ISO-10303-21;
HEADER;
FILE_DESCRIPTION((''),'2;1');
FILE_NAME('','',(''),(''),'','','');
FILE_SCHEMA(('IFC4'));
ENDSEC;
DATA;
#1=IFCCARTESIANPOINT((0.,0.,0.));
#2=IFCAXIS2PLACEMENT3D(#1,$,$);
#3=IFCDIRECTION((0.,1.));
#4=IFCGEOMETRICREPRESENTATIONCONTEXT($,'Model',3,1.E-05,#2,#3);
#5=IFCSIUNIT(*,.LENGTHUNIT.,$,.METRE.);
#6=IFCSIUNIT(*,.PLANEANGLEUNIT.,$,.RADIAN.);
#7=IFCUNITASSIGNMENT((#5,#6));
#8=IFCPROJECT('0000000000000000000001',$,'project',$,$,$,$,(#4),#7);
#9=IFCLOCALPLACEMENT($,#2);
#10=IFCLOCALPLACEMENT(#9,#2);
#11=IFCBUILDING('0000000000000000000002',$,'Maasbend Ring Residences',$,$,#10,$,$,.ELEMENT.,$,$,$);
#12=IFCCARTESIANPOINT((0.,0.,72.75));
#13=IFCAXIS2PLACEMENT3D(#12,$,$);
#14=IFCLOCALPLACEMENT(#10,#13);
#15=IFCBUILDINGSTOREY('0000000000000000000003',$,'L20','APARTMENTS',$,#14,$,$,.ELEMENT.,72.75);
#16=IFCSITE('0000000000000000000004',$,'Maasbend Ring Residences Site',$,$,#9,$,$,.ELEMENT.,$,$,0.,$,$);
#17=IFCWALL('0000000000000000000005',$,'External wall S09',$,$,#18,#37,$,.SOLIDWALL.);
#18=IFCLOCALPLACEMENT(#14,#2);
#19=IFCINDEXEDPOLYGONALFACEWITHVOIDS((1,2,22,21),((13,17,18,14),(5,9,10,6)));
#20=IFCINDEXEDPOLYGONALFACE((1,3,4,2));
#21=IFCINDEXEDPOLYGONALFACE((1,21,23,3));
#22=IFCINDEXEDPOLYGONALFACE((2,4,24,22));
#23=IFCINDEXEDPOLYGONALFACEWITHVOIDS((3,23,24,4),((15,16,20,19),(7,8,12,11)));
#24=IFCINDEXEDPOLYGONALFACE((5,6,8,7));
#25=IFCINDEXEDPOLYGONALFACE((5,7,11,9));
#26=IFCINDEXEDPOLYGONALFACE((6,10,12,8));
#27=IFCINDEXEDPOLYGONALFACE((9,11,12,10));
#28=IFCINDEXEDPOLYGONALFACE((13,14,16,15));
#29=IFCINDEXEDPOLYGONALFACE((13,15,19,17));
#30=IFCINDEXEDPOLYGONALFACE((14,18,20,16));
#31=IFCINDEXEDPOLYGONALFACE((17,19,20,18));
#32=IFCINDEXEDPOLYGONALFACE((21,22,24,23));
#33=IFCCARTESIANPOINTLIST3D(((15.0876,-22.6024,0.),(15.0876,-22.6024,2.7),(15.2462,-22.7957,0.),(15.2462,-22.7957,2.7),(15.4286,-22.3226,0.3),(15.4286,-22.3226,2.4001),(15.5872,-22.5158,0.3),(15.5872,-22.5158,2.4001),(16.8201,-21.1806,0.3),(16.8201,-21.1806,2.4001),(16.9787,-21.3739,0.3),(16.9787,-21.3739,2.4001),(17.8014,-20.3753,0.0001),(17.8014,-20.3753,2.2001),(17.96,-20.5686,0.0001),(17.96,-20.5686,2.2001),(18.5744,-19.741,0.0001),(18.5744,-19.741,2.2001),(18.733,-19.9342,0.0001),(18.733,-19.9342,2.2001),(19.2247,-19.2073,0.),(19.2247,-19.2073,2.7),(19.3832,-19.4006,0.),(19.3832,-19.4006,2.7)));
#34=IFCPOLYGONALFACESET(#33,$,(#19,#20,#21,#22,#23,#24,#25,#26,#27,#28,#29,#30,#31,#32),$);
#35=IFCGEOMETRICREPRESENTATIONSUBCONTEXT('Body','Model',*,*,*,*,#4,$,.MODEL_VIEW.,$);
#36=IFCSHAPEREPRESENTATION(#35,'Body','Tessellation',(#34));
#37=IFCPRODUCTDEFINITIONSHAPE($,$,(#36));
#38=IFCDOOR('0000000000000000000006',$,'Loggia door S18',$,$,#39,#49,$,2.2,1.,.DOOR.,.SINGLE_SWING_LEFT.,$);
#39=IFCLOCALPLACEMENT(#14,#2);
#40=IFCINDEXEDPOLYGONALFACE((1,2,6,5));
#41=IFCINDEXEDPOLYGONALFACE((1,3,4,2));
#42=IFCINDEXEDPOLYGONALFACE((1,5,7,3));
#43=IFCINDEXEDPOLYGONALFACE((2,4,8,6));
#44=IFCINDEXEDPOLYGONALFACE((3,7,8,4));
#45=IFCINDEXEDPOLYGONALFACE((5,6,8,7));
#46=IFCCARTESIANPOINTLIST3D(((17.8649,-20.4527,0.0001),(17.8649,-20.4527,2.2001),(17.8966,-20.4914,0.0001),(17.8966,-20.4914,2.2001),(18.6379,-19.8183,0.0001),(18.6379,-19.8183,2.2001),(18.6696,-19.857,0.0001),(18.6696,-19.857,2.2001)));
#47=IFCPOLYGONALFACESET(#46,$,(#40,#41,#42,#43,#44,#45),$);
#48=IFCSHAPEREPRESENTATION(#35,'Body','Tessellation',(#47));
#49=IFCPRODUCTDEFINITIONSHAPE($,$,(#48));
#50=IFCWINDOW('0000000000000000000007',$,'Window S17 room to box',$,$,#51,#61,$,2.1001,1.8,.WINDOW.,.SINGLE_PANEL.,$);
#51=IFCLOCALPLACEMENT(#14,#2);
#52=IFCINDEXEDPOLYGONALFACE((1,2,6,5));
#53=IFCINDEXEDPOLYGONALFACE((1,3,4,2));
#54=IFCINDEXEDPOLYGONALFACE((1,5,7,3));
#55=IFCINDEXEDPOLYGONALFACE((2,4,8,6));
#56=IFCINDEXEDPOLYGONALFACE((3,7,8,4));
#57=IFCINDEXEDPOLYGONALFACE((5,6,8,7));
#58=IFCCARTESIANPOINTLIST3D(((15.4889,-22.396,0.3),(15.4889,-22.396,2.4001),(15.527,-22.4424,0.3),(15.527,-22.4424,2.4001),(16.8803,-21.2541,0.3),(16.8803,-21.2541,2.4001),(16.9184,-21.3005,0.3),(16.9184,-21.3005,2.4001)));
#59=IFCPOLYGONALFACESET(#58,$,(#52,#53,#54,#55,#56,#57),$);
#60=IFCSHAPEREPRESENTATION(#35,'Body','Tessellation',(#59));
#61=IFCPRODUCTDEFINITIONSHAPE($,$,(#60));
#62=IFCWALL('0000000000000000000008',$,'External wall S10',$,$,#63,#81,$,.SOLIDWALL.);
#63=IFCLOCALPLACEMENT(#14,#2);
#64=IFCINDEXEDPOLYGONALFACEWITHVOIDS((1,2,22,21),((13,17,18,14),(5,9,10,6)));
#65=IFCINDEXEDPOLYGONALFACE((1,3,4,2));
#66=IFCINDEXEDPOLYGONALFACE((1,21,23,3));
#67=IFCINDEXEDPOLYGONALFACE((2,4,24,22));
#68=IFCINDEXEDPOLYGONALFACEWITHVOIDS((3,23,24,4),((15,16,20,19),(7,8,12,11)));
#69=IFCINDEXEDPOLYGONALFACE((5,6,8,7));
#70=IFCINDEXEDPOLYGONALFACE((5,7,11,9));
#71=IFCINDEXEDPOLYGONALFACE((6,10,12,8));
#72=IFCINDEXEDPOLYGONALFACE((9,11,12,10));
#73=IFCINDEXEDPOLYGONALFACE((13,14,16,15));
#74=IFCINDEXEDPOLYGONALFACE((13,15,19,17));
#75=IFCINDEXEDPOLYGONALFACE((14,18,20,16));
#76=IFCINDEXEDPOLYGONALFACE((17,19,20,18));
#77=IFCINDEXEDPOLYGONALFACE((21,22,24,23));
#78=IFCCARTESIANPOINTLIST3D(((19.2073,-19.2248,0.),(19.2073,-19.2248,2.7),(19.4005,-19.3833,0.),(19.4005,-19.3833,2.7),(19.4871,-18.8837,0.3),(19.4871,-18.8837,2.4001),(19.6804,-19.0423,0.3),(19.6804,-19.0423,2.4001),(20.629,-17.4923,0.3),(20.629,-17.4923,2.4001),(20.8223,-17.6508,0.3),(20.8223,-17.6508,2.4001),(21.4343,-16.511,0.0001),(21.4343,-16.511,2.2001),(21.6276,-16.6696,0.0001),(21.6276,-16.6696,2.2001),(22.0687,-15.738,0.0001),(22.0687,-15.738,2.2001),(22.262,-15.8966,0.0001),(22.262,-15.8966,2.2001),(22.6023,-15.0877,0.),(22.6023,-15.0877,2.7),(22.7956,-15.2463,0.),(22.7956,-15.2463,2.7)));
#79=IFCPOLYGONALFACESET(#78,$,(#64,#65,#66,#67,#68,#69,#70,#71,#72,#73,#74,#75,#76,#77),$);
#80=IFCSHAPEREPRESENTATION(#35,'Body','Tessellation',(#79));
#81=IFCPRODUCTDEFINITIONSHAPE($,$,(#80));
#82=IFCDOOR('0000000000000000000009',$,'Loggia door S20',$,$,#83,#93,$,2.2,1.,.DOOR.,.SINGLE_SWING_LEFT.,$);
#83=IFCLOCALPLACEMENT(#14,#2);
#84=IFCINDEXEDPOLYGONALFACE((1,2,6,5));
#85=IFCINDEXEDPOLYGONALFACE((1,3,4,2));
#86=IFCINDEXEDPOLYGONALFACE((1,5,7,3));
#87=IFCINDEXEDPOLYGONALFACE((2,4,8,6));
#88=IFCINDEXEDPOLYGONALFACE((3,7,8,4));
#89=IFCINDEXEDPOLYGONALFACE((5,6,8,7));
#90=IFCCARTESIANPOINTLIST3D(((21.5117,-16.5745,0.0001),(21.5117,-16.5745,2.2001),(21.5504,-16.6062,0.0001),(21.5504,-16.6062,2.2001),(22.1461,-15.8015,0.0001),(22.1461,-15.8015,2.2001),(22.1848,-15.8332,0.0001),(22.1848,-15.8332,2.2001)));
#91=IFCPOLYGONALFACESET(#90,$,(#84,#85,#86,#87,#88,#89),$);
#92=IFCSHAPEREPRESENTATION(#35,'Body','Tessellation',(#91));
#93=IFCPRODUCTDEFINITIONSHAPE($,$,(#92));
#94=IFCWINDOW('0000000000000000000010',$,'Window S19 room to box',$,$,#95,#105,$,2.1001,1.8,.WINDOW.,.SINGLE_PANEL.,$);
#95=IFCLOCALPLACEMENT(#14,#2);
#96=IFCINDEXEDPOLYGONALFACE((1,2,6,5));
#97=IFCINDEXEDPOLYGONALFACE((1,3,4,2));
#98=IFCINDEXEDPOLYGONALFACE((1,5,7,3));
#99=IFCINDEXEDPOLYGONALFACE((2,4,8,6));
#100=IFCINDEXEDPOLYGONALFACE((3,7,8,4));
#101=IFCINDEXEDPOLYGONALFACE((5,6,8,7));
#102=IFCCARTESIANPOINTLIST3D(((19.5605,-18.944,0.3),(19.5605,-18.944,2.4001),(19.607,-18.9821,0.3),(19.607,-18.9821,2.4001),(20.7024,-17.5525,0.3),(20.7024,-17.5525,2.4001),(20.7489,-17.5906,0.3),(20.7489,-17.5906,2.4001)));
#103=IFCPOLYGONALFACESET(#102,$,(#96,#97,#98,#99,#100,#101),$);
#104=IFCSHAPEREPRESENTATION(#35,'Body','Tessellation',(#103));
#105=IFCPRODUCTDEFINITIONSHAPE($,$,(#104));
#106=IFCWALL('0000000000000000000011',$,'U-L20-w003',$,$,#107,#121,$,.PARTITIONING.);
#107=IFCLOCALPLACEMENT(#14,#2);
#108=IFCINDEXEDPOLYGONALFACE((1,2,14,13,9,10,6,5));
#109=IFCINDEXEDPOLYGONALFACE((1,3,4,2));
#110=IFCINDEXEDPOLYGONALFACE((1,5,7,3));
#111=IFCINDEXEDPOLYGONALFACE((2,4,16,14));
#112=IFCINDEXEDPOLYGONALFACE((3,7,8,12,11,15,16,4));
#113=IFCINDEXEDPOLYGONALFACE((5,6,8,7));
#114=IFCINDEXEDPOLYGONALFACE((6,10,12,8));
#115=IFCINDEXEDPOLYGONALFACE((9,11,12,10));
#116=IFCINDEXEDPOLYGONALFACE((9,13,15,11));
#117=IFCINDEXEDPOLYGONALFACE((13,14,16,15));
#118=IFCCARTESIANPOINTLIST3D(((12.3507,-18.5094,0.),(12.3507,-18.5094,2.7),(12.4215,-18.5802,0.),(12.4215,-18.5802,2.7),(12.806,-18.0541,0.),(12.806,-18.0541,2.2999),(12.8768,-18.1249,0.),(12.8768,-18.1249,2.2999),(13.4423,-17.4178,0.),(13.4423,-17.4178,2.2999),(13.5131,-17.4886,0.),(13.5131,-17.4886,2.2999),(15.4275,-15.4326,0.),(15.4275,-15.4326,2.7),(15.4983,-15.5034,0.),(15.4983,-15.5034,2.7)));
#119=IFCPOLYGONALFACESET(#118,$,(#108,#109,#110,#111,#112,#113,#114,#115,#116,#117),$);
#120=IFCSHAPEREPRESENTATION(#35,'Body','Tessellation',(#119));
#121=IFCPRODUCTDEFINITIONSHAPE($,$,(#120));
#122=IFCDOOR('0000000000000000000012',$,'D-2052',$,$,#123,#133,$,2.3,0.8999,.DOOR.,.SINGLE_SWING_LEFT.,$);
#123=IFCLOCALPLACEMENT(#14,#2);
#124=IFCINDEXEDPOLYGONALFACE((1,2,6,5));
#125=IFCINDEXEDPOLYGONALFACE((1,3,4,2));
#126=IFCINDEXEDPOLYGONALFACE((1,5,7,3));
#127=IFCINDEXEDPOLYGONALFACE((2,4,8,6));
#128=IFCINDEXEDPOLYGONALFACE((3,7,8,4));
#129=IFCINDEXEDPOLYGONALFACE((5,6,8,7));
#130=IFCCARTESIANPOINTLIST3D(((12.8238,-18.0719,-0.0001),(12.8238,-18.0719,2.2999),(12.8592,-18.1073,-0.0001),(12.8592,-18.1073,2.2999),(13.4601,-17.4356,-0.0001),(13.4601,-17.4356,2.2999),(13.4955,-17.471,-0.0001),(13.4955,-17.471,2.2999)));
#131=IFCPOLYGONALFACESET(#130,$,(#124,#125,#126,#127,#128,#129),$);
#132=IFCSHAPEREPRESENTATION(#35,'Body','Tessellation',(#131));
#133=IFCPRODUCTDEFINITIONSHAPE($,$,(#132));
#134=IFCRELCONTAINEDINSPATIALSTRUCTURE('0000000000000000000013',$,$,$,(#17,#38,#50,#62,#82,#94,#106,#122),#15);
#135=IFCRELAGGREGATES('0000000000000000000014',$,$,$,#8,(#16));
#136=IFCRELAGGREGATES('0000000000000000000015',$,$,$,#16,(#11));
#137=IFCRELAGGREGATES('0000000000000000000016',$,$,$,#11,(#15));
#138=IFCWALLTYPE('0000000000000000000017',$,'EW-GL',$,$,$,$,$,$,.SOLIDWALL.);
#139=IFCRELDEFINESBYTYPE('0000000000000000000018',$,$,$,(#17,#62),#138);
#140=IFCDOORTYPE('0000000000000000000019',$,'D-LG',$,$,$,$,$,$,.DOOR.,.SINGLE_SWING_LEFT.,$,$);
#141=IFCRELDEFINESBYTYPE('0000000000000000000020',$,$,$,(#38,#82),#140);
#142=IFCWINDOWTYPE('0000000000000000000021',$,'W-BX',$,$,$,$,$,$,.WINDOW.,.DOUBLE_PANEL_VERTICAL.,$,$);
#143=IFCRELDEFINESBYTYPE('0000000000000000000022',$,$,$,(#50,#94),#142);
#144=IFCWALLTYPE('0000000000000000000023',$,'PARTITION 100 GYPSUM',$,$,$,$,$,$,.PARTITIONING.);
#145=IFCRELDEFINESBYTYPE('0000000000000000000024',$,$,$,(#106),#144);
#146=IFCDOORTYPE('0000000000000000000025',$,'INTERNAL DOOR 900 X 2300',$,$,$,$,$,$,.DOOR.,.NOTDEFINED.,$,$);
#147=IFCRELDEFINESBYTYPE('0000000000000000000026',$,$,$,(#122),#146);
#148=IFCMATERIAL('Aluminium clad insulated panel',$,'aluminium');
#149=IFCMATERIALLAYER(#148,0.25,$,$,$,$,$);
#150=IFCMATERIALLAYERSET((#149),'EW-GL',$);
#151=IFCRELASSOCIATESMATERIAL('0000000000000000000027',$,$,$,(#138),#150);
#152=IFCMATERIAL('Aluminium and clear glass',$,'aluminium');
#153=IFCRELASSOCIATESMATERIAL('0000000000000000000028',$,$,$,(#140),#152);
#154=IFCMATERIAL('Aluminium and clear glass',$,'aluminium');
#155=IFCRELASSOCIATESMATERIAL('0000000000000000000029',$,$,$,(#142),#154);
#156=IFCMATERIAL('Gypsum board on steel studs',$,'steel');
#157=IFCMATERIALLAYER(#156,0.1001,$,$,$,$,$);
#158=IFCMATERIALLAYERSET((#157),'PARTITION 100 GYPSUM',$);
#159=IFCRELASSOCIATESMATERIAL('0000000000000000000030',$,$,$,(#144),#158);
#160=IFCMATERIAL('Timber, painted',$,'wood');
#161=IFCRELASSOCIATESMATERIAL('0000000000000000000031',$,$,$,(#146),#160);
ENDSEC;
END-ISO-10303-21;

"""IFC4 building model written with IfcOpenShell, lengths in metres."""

from ifc_helpers import new_model, si_unit, direction, frame, frame_2d, origin, place, context, subcontext, project, spatial, rectangle, extrude, material, layer, layer_set, type_object, element, fill, save


model = new_model("IFC4")

# Units and contexts
model_context = context("Model", 3, precision=1e-05, world=origin(), true_north=direction((0.0, 1.0)))
body_context = subcontext(model_context, "Body", "Model", "MODEL_VIEW")
ifc_project = project(units=[si_unit("LENGTHUNIT", "METRE"), si_unit("PLANEANGLEUNIT", "RADIAN")], contexts=[model_context])

# Site, building, storey
site_placement = place(None, origin())
site = spatial("IfcSite", under=ifc_project, at=site_placement, Name="Maasbend Ring Residences Site", CompositionType="ELEMENT", RefElevation=0.0)
building_placement = place(site_placement, origin())
building = spatial("IfcBuilding", under=site, at=building_placement, Name="Maasbend Ring Residences", CompositionType="ELEMENT")
storey_placement = place(building_placement, frame((0.0, 0.0, 72.75)))
storey = spatial("IfcBuildingStorey", under=building, at=storey_placement, Name="L20", Description="APARTMENTS", CompositionType="ELEMENT", Elevation=72.75)

# Walls, openings, doors, windows
ifc_material_1 = material(Name="Aluminium clad insulated panel", Category="aluminium")
ifc_layer_1 = layer(ifc_material_1, 0.25)
ifc_layer_set_1 = layer_set([ifc_layer_1], Name="EW-GL")
wall_type_1 = type_object("IfcWallType", Name="EW-GL", PredefinedType="SOLIDWALL", material=ifc_layer_set_1)
wall_1_placement = place(storey_placement, frame((15.167, -22.699, 0.0), z_axis=(0.0, 0.0, 1.0), x_axis=(0.773019, 0.634382, 0.0)))
wall_1 = element("IfcWall", 1, at=wall_1_placement, inside=storey, type_object=wall_type_1, Name="External wall S09", PredefinedType="SOLIDWALL", context=body_context, shape_type="SweptSolid", body=[
    extrude(rectangle(XDim=5.3518, YDim=0.25, at=frame_2d((2.6758, 0.0))), origin(), (0.0, 0.0, 1.0), 2.7),
])
opening_1_placement = place(wall_1_placement, frame((0.4412, 0.0, 0.3)))
opening_1 = element("IfcOpeningElement", 2, at=opening_1_placement, cuts=wall_1, PredefinedType="OPENING", context=body_context, shape_type="SweptSolid", body=[
    extrude(rectangle(XDim=1.8, YDim=2.1001, at=frame_2d((0.8999, 1.05))), frame((0.0, 0.135, 0.0), z_axis=(0.0, -1.0, 0.0), x_axis=(1.0, 0.0, 0.0)), (0.0, 0.0, 1.0), 0.27),
])
opening_2_placement = place(wall_1_placement, frame((3.5105, 0.0, 0.0)))
opening_2 = element("IfcOpeningElement", 3, at=opening_2_placement, cuts=wall_1, PredefinedType="OPENING", context=body_context, shape_type="SweptSolid", body=[
    extrude(rectangle(XDim=1.0, YDim=2.2, at=frame_2d((0.5, 1.1001))), frame((0.0, 0.135, 0.0), z_axis=(0.0, -1.0, 0.0), x_axis=(1.0, 0.0, 0.0)), (0.0, 0.0, 1.0), 0.27),
])
ifc_material_2 = material(Name="Aluminium and clear glass", Category="aluminium")
door_type_1 = type_object("IfcDoorType", Name="D-LG", OperationType="SINGLE_SWING_LEFT", PredefinedType="DOOR", material=ifc_material_2)
door_1_placement = place(opening_2_placement, origin())
door_1 = element("IfcDoor", 4, at=door_1_placement, inside=storey, type_object=door_type_1, Name="Loggia door S18", OperationType="SINGLE_SWING_LEFT", OverallHeight=2.2, OverallWidth=1.0, PredefinedType="DOOR", context=body_context, shape_type="SweptSolid", body=[
    extrude(rectangle(XDim=1.0, YDim=2.2, at=frame_2d((0.5, 1.1001))), frame((0.0, 0.0249, 0.0), z_axis=(0.0, -1.0, 0.0), x_axis=(1.0, 0.0, 0.0)), (0.0, 0.0, 1.0), 0.05),
])
fill(opening_2, door_1)
ifc_material_3 = material(Name="Aluminium and clear glass", Category="aluminium")
window_type_1 = type_object("IfcWindowType", Name="W-BX", PartitioningType="DOUBLE_PANEL_VERTICAL", PredefinedType="WINDOW", material=ifc_material_3)
window_1_placement = place(opening_1_placement, origin())
window_1 = element("IfcWindow", 5, at=window_1_placement, inside=storey, type_object=window_type_1, Name="Window S17 room to box", OverallHeight=2.1001, OverallWidth=1.8, PartitioningType="SINGLE_PANEL", PredefinedType="WINDOW", context=body_context, shape_type="SweptSolid", body=[
    extrude(rectangle(XDim=1.8, YDim=2.1001, at=frame_2d((0.8999, 1.05))), frame((0.0, 0.03, 0.0), z_axis=(0.0, -1.0, 0.0), x_axis=(1.0, 0.0, 0.0)), (0.0, 0.0, 1.0), 0.0601),
])
fill(opening_1, window_1)
wall_2_placement = place(storey_placement, frame((19.304, -19.304, 0.0), z_axis=(0.0, 0.0, 1.0), x_axis=(0.634382, 0.773019, 0.0)))
wall_2 = element("IfcWall", 6, at=wall_2_placement, inside=storey, type_object=wall_type_1, Name="External wall S10", PredefinedType="SOLIDWALL", context=body_context, shape_type="SweptSolid", body=[
    extrude(rectangle(XDim=5.3518, YDim=0.25, at=frame_2d((2.6758, 0.0))), origin(), (0.0, 0.0, 1.0), 2.7),
])
opening_3_placement = place(wall_2_placement, frame((0.4412, 0.0, 0.3)))
opening_3 = element("IfcOpeningElement", 7, at=opening_3_placement, cuts=wall_2, PredefinedType="OPENING", context=body_context, shape_type="SweptSolid", body=[
    extrude(rectangle(XDim=1.8, YDim=2.1001, at=frame_2d((0.8999, 1.05))), frame((0.0, 0.135, 0.0), z_axis=(0.0, -1.0, 0.0), x_axis=(1.0, 0.0, 0.0)), (0.0, 0.0, 1.0), 0.27),
])
opening_4_placement = place(wall_2_placement, frame((3.5105, 0.0, 0.0)))
opening_4 = element("IfcOpeningElement", 8, at=opening_4_placement, cuts=wall_2, PredefinedType="OPENING", context=body_context, shape_type="SweptSolid", body=[
    extrude(rectangle(XDim=1.0, YDim=2.2, at=frame_2d((0.5, 1.1001))), frame((0.0, 0.135, 0.0), z_axis=(0.0, -1.0, 0.0), x_axis=(1.0, 0.0, 0.0)), (0.0, 0.0, 1.0), 0.27),
])
door_2_placement = place(opening_4_placement, origin())
door_2 = element("IfcDoor", 9, at=door_2_placement, inside=storey, type_object=door_type_1, Name="Loggia door S20", OperationType="SINGLE_SWING_LEFT", OverallHeight=2.2, OverallWidth=1.0, PredefinedType="DOOR", context=body_context, shape_type="SweptSolid", body=[
    extrude(rectangle(XDim=1.0, YDim=2.2, at=frame_2d((0.5, 1.1001))), frame((0.0, 0.0249, 0.0), z_axis=(0.0, -1.0, 0.0), x_axis=(1.0, 0.0, 0.0)), (0.0, 0.0, 1.0), 0.05),
])
fill(opening_4, door_2)
window_2_placement = place(opening_3_placement, origin())
window_2 = element("IfcWindow", 10, at=window_2_placement, inside=storey, type_object=window_type_1, Name="Window S19 room to box", OverallHeight=2.1001, OverallWidth=1.8, PartitioningType="SINGLE_PANEL", PredefinedType="WINDOW", context=body_context, shape_type="SweptSolid", body=[
    extrude(rectangle(XDim=1.8, YDim=2.1001, at=frame_2d((0.8999, 1.05))), frame((0.0, 0.03, 0.0), z_axis=(0.0, -1.0, 0.0), x_axis=(1.0, 0.0, 0.0)), (0.0, 0.0, 1.0), 0.0601),
])
fill(opening_3, window_2)

# Wall, opening, door
ifc_material_4 = material(Name="Gypsum board on steel studs", Category="steel")
ifc_layer_2 = layer(ifc_material_4, 0.1001)
ifc_layer_set_2 = layer_set([ifc_layer_2], Name="PARTITION 100 GYPSUM")
wall_type_2 = type_object("IfcWallType", Name="PARTITION 100 GYPSUM", PredefinedType="PARTITIONING", material=ifc_layer_set_2)
wall_3_placement = place(storey_placement, frame((12.386, -18.5449, 0.0), z_axis=(0.0, 0.0, 1.0), x_axis=(0.707107, 0.707107, 0.0)))
wall_3 = element("IfcWall", 11, at=wall_3_placement, inside=storey, type_object=wall_type_2, Name="U-L20-w003", PredefinedType="PARTITIONING", context=body_context, shape_type="SweptSolid", body=[
    extrude(rectangle(XDim=4.3513, YDim=0.1001, at=frame_2d((2.1758, 0.0))), origin(), (0.0, 0.0, 1.0), 2.7),
])
opening_5_placement = place(wall_3_placement, frame((0.644, 0.0, 0.0)))
opening_5 = element("IfcOpeningElement", 12, at=opening_5_placement, cuts=wall_3, PredefinedType="OPENING", context=body_context, shape_type="SweptSolid", body=[
    extrude(rectangle(XDim=0.8999, YDim=2.3, at=frame_2d((0.45, 1.1499))), frame((0.0, 0.0601, 0.0), z_axis=(0.0, -1.0, 0.0), x_axis=(1.0, 0.0, 0.0)), (0.0, 0.0, 1.0), 0.1201),
])
ifc_material_5 = material(Name="Timber, painted", Category="wood")
door_type_2 = type_object("IfcDoorType", Name="INTERNAL DOOR 900 X 2300", OperationType="NOTDEFINED", PredefinedType="DOOR", material=ifc_material_5)
door_3_placement = place(opening_5_placement, origin())
door_3 = element("IfcDoor", 13, at=door_3_placement, inside=storey, type_object=door_type_2, Name="D-2052", OperationType="SINGLE_SWING_LEFT", OverallHeight=2.3, OverallWidth=0.8999, PredefinedType="DOOR", context=body_context, shape_type="SweptSolid", body=[
    extrude(rectangle(XDim=0.8999, YDim=2.3, at=frame_2d((0.45, 1.1499))), frame((0.0, 0.0249, 0.0), z_axis=(0.0, -1.0, 0.0), x_axis=(1.0, 0.0, 0.0)), (0.0, 0.0, 1.0), 0.05),
])
fill(opening_5, door_3)

save(model, "model.ifc")
